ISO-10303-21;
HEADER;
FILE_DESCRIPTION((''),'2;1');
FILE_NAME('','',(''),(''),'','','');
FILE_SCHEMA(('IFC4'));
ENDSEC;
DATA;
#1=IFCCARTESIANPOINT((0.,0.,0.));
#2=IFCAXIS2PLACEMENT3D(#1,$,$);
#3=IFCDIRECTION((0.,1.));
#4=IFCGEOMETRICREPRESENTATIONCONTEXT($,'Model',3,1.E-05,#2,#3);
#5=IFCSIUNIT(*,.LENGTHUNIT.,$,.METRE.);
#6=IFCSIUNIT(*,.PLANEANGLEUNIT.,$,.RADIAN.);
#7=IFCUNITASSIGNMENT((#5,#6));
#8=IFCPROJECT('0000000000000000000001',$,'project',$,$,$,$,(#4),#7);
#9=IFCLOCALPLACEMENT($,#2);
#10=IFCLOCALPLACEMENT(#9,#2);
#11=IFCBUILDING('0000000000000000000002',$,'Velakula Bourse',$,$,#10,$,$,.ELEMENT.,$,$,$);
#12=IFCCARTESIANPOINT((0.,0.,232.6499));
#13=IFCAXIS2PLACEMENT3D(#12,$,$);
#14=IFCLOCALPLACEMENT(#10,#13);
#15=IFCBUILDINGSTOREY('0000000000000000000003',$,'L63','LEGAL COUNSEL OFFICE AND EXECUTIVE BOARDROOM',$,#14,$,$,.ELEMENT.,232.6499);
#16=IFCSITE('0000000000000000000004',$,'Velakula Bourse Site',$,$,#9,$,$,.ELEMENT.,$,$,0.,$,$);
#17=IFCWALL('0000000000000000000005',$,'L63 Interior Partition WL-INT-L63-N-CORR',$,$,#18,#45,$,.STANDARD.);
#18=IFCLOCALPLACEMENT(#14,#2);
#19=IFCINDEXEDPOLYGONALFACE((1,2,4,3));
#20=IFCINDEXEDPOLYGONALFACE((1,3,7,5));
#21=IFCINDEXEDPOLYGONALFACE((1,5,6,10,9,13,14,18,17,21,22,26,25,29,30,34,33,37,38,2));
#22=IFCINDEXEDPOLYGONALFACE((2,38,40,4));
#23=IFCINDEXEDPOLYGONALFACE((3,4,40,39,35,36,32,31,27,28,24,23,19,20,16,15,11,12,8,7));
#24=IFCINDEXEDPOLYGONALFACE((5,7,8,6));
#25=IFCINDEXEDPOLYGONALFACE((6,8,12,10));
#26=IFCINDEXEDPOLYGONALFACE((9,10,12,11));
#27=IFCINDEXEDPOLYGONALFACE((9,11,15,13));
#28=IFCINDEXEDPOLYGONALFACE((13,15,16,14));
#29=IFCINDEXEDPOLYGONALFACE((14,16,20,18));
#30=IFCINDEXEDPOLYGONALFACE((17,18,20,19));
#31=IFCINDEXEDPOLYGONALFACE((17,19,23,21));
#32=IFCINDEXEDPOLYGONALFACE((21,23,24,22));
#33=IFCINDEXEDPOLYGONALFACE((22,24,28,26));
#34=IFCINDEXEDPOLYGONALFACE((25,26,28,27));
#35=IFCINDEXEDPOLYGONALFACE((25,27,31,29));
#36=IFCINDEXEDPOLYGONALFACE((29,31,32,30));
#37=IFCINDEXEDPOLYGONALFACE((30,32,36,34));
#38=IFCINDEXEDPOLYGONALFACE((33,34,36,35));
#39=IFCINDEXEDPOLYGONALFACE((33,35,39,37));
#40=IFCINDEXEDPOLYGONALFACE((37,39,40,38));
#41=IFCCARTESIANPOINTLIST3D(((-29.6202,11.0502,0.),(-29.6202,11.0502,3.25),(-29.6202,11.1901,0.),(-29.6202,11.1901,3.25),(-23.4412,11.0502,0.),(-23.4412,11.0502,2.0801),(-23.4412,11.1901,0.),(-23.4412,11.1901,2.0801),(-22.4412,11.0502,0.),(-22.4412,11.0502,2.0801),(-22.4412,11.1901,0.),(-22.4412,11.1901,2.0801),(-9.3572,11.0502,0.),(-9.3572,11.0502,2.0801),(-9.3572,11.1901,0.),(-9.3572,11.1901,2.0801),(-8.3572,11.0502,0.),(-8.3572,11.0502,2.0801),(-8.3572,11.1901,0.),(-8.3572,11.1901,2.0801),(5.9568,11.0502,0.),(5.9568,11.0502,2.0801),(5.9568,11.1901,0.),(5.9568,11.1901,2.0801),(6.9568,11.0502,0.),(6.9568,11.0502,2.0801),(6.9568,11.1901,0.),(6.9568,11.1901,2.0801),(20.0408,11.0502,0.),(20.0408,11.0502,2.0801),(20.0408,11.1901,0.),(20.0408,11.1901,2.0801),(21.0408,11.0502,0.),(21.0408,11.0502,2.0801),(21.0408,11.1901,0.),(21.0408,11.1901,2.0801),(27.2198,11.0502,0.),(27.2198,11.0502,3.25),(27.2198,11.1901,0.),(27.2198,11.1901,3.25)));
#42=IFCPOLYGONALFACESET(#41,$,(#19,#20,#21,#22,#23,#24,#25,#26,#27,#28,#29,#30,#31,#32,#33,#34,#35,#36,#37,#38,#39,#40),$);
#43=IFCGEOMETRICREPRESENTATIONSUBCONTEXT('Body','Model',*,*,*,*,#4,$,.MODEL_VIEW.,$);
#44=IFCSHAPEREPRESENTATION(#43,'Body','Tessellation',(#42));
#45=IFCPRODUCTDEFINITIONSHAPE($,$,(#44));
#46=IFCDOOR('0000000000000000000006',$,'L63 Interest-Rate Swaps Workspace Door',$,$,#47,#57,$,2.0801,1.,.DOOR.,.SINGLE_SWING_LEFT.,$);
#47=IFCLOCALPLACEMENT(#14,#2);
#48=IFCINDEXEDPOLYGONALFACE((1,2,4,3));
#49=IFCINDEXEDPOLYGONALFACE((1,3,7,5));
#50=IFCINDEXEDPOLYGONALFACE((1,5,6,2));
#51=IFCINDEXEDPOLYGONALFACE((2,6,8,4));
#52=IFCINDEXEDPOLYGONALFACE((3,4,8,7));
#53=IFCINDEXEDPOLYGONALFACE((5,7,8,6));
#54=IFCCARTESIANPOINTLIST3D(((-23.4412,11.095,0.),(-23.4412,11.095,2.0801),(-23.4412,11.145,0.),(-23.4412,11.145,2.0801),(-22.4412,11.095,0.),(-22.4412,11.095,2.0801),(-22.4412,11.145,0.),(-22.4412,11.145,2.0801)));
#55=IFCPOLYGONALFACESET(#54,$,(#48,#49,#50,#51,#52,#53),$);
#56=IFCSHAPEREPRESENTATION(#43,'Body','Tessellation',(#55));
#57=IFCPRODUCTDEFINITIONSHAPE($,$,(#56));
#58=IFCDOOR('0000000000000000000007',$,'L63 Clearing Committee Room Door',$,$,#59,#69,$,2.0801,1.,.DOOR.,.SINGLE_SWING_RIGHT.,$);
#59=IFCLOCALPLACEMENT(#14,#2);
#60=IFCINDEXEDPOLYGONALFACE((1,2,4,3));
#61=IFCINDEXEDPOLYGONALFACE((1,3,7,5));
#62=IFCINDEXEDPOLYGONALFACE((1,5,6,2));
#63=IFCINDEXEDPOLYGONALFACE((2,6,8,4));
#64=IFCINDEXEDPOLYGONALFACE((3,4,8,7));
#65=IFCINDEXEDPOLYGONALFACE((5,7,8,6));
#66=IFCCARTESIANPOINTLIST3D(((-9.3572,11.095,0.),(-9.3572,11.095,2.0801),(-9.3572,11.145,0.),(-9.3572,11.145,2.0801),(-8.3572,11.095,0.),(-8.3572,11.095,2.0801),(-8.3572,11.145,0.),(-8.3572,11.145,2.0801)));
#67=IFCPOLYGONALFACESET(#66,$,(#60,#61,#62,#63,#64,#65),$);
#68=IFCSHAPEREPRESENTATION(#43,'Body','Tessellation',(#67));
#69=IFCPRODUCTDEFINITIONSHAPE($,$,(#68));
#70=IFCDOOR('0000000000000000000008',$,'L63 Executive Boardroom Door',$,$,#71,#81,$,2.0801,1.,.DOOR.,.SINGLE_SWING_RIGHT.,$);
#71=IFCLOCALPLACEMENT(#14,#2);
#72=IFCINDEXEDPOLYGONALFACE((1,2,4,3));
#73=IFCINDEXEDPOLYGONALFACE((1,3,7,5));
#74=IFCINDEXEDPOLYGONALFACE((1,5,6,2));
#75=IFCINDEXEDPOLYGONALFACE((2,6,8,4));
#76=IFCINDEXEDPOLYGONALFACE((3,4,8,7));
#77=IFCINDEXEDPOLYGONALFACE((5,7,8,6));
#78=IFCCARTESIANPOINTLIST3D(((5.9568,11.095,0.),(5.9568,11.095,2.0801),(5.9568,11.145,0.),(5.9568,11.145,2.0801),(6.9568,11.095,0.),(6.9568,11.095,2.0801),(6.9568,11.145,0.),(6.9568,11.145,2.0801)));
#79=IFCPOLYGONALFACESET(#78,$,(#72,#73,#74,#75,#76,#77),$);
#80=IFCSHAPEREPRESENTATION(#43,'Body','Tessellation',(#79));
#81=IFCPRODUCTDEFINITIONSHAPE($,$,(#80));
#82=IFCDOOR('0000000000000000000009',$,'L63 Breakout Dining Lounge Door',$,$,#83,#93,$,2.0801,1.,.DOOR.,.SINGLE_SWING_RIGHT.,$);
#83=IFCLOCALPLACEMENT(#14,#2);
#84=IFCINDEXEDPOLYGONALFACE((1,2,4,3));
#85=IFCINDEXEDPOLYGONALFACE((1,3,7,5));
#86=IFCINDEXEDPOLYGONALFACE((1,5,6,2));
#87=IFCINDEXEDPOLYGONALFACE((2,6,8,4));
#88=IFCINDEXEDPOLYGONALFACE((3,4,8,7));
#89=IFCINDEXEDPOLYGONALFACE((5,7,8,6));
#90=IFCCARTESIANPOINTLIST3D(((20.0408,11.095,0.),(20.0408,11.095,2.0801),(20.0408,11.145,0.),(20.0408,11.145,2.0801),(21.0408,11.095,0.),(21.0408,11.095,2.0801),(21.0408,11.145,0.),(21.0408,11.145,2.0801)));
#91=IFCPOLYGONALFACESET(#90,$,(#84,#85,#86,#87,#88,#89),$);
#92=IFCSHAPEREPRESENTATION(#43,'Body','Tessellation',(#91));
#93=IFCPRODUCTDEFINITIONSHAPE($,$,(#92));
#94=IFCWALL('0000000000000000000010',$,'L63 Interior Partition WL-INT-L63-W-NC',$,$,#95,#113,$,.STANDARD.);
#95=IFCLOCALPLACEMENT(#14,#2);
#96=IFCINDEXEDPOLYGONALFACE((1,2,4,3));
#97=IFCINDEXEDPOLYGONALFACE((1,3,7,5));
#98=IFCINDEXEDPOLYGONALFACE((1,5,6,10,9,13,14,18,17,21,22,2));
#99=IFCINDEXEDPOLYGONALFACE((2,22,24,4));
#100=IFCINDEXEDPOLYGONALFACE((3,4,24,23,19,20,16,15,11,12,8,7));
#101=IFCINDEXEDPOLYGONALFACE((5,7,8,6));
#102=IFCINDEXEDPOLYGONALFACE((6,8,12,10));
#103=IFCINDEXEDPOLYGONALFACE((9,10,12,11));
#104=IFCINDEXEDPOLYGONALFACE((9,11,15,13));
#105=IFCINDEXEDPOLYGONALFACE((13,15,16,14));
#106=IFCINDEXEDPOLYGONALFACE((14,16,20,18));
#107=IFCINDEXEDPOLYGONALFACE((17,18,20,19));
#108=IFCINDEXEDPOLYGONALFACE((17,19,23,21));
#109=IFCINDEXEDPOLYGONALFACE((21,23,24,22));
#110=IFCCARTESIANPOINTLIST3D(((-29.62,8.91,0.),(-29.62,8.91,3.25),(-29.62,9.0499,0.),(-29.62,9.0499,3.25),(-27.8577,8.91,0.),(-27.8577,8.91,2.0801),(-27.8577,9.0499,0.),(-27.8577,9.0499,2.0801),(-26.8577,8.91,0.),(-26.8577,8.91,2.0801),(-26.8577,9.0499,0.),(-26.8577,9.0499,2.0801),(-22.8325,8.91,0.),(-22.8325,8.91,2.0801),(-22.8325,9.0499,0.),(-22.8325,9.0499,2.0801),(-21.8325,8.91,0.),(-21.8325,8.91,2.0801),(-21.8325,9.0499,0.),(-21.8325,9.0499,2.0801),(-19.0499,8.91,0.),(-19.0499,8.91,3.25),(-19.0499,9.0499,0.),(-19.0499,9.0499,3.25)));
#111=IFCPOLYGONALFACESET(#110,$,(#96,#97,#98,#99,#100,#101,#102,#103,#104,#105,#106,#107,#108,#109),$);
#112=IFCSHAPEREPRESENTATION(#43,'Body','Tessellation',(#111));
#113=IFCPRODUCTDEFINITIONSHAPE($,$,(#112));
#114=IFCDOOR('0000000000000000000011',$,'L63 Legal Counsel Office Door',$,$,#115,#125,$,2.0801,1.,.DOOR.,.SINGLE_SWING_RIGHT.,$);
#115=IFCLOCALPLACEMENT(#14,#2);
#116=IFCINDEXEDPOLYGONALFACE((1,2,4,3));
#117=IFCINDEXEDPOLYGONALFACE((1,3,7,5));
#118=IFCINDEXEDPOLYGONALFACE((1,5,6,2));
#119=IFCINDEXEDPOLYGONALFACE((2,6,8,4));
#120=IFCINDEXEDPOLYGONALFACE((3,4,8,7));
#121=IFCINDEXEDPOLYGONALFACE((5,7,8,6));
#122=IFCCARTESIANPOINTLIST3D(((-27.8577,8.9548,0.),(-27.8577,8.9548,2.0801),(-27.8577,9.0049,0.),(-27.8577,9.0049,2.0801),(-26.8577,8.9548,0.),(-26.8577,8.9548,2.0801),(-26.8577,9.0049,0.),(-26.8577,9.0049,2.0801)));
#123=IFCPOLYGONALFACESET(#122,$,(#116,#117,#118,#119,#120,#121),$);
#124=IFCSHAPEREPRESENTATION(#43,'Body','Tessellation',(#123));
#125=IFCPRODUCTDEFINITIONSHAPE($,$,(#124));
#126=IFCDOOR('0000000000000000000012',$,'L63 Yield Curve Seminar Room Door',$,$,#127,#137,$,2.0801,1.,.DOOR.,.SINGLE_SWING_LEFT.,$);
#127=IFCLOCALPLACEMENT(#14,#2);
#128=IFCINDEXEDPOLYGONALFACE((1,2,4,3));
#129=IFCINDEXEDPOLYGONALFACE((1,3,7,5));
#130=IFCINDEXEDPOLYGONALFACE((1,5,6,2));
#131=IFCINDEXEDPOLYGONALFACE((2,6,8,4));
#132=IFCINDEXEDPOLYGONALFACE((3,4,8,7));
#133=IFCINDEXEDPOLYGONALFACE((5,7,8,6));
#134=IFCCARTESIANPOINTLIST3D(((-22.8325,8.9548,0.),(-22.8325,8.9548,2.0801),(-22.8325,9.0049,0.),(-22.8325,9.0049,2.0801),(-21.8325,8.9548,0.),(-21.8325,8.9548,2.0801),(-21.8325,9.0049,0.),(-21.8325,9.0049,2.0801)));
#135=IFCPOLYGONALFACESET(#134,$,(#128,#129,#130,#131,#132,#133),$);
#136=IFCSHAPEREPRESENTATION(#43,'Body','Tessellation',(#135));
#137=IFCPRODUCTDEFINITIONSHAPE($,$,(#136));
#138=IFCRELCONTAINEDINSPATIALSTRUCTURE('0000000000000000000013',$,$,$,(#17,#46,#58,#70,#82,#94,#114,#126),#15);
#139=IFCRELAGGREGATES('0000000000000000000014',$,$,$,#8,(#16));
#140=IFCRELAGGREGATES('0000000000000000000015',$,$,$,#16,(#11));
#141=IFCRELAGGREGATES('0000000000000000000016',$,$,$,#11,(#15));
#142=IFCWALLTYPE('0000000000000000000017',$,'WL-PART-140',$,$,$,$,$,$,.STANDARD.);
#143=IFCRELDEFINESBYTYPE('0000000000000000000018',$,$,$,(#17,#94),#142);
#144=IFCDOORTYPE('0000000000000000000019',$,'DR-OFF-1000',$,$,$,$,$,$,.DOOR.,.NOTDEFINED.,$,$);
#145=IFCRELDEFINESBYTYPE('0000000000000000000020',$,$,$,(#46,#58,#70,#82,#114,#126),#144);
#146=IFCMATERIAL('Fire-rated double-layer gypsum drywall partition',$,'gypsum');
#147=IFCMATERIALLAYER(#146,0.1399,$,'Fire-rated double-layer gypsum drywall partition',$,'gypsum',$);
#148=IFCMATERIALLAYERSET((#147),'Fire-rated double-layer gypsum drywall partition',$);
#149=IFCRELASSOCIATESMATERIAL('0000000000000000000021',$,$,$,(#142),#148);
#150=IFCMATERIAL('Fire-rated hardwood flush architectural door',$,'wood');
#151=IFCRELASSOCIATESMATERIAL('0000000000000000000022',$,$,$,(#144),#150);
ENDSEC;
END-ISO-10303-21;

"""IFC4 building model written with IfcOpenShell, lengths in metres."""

from ifc_helpers import new_model, si_unit, direction, frame, frame_2d, origin, place, context, subcontext, project, spatial, rectangle, extrude, material, layer, layer_set, type_object, element, fill, save


model = new_model("IFC4")

# Units and contexts
model_context = context("Model", 3, precision=1e-05, world=origin(), true_north=direction((0.0, 1.0)))
body_context = subcontext(model_context, "Body", "Model", "MODEL_VIEW")
ifc_project = project(units=[si_unit("LENGTHUNIT", "METRE"), si_unit("PLANEANGLEUNIT", "RADIAN")], contexts=[model_context])

# Site, building, storey
site_placement = place(None, origin())
site = spatial("IfcSite", under=ifc_project, at=site_placement, Name="Velakula Bourse Site", CompositionType="ELEMENT", RefElevation=0.0)
building_placement = place(site_placement, origin())
building = spatial("IfcBuilding", under=site, at=building_placement, Name="Velakula Bourse", CompositionType="ELEMENT")
storey_placement = place(building_placement, frame((0.0, 0.0, 232.6499)))
storey = spatial("IfcBuildingStorey", under=building, at=storey_placement, Name="L63", Description="LEGAL COUNSEL OFFICE AND EXECUTIVE BOARDROOM", CompositionType="ELEMENT", Elevation=232.6499)

# Shared definitions
ifc_material_1 = material(Name="Fire-rated hardwood flush architectural door", Category="wood")

# Walls, openings, doors
ifc_material_2 = material(Name="Fire-rated double-layer gypsum drywall partition", Category="gypsum")
ifc_layer_1 = layer(ifc_material_2, 0.1399, Name="Fire-rated double-layer gypsum drywall partition", Category="gypsum")
ifc_layer_set_1 = layer_set([ifc_layer_1], Name="Fire-rated double-layer gypsum drywall partition")
wall_type_1 = type_object("IfcWallType", Name="WL-PART-140", PredefinedType="STANDARD", material=ifc_layer_set_1)
wall_1_placement = place(storey_placement, frame((-29.6201, 11.1201, 0.0), z_axis=(0.0, 0.0, 1.0), x_axis=(1.0, 0.0, 0.0)))
wall_1 = element("IfcWall", 1, at=wall_1_placement, inside=storey, type_object=wall_type_1, Name="L63 Interior Partition WL-INT-L63-N-CORR", PredefinedType="STANDARD", context=body_context, shape_type="SweptSolid", body=[
    extrude(rectangle(XDim=56.8401, YDim=0.1399, at=frame_2d((28.4199, 0.0))), origin(), (0.0, 0.0, 1.0), 3.25),
])
opening_1_placement = place(wall_1_placement, frame((6.179, 0.0, 0.0)))
opening_1 = element("IfcOpeningElement", 2, at=opening_1_placement, cuts=wall_1, PredefinedType="OPENING", context=body_context, shape_type="SweptSolid", body=[
    extrude(rectangle(XDim=1.0, YDim=2.0801, at=frame_2d((0.5, 1.04))), frame((0.0, 0.0798, 0.0), z_axis=(0.0, -1.0, 0.0), x_axis=(1.0, 0.0, 0.0)), (0.0, 0.0, 1.0), 0.1599),
])
opening_2_placement = place(wall_1_placement, frame((20.2629, 0.0, 0.0)))
opening_2 = element("IfcOpeningElement", 3, at=opening_2_placement, cuts=wall_1, PredefinedType="OPENING", context=body_context, shape_type="SweptSolid", body=[
    extrude(rectangle(XDim=1.0, YDim=2.0801, at=frame_2d((0.5, 1.04))), frame((0.0, 0.0798, 0.0), z_axis=(0.0, -1.0, 0.0), x_axis=(1.0, 0.0, 0.0)), (0.0, 0.0, 1.0), 0.1599),
])
opening_3_placement = place(wall_1_placement, frame((35.5769, 0.0, 0.0)))
opening_3 = element("IfcOpeningElement", 4, at=opening_3_placement, cuts=wall_1, PredefinedType="OPENING", context=body_context, shape_type="SweptSolid", body=[
    extrude(rectangle(XDim=1.0, YDim=2.0801, at=frame_2d((0.5, 1.04))), frame((0.0, 0.0798, 0.0), z_axis=(0.0, -1.0, 0.0), x_axis=(1.0, 0.0, 0.0)), (0.0, 0.0, 1.0), 0.1599),
])
opening_4_placement = place(wall_1_placement, frame((49.6609, 0.0, 0.0)))
opening_4 = element("IfcOpeningElement", 5, at=opening_4_placement, cuts=wall_1, PredefinedType="OPENING", context=body_context, shape_type="SweptSolid", body=[
    extrude(rectangle(XDim=1.0, YDim=2.0801, at=frame_2d((0.5, 1.04))), frame((0.0, 0.0798, 0.0), z_axis=(0.0, -1.0, 0.0), x_axis=(1.0, 0.0, 0.0)), (0.0, 0.0, 1.0), 0.1599),
])
door_type_1 = type_object("IfcDoorType", Name="DR-OFF-1000", OperationType="NOTDEFINED", PredefinedType="DOOR", material=ifc_material_1)
door_1_placement = place(opening_1_placement, origin())
door_1 = element("IfcDoor", 6, at=door_1_placement, inside=storey, type_object=door_type_1, Name="L63 Interest-Rate Swaps Workspace Door", OperationType="SINGLE_SWING_LEFT", OverallHeight=2.0801, OverallWidth=1.0, PredefinedType="DOOR", context=body_context, shape_type="SweptSolid", body=[
    extrude(rectangle(XDim=1.0, YDim=2.0801, at=frame_2d((0.5, 1.04))), frame((0.0, 0.0249, 0.0), z_axis=(0.0, -1.0, 0.0), x_axis=(1.0, 0.0, 0.0)), (0.0, 0.0, 1.0), 0.05),
])
fill(opening_1, door_1)
door_2_placement = place(opening_2_placement, origin())
door_2 = element("IfcDoor", 7, at=door_2_placement, inside=storey, type_object=door_type_1, Name="L63 Clearing Committee Room Door", OperationType="SINGLE_SWING_RIGHT", OverallHeight=2.0801, OverallWidth=1.0, PredefinedType="DOOR", context=body_context, shape_type="SweptSolid", body=[
    extrude(rectangle(XDim=1.0, YDim=2.0801, at=frame_2d((0.5, 1.04))), frame((0.0, 0.0249, 0.0), z_axis=(0.0, -1.0, 0.0), x_axis=(1.0, 0.0, 0.0)), (0.0, 0.0, 1.0), 0.05),
])
fill(opening_2, door_2)
door_3_placement = place(opening_3_placement, origin())
door_3 = element("IfcDoor", 8, at=door_3_placement, inside=storey, type_object=door_type_1, Name="L63 Executive Boardroom Door", OperationType="SINGLE_SWING_RIGHT", OverallHeight=2.0801, OverallWidth=1.0, PredefinedType="DOOR", context=body_context, shape_type="SweptSolid", body=[
    extrude(rectangle(XDim=1.0, YDim=2.0801, at=frame_2d((0.5, 1.04))), frame((0.0, 0.0249, 0.0), z_axis=(0.0, -1.0, 0.0), x_axis=(1.0, 0.0, 0.0)), (0.0, 0.0, 1.0), 0.05),
])
fill(opening_3, door_3)
door_4_placement = place(opening_4_placement, origin())
door_4 = element("IfcDoor", 9, at=door_4_placement, inside=storey, type_object=door_type_1, Name="L63 Breakout Dining Lounge Door", OperationType="SINGLE_SWING_RIGHT", OverallHeight=2.0801, OverallWidth=1.0, PredefinedType="DOOR", context=body_context, shape_type="SweptSolid", body=[
    extrude(rectangle(XDim=1.0, YDim=2.0801, at=frame_2d((0.5, 1.04))), frame((0.0, 0.0249, 0.0), z_axis=(0.0, -1.0, 0.0), x_axis=(1.0, 0.0, 0.0)), (0.0, 0.0, 1.0), 0.05),
])
fill(opening_4, door_4)
wall_2_placement = place(storey_placement, frame((-29.6201, 8.98, 0.0), z_axis=(0.0, 0.0, 1.0), x_axis=(1.0, 0.0, 0.0)))
wall_2 = element("IfcWall", 10, at=wall_2_placement, inside=storey, type_object=wall_type_1, Name="L63 Interior Partition WL-INT-L63-W-NC", PredefinedType="STANDARD", context=body_context, shape_type="SweptSolid", body=[
    extrude(rectangle(XDim=10.5701, YDim=0.1399, at=frame_2d((5.2852, 0.0))), origin(), (0.0, 0.0, 1.0), 3.25),
])
opening_5_placement = place(wall_2_placement, frame((1.7625, 0.0, 0.0)))
opening_5 = element("IfcOpeningElement", 11, at=opening_5_placement, cuts=wall_2, PredefinedType="OPENING", context=body_context, shape_type="SweptSolid", body=[
    extrude(rectangle(XDim=1.0, YDim=2.0801, at=frame_2d((0.5, 1.04))), frame((0.0, 0.0798, 0.0), z_axis=(0.0, -1.0, 0.0), x_axis=(1.0, 0.0, 0.0)), (0.0, 0.0, 1.0), 0.1599),
])
opening_6_placement = place(wall_2_placement, frame((6.7876, 0.0, 0.0)))
opening_6 = element("IfcOpeningElement", 12, at=opening_6_placement, cuts=wall_2, PredefinedType="OPENING", context=body_context, shape_type="SweptSolid", body=[
    extrude(rectangle(XDim=1.0, YDim=2.0801, at=frame_2d((0.5, 1.04))), frame((0.0, 0.0798, 0.0), z_axis=(0.0, -1.0, 0.0), x_axis=(1.0, 0.0, 0.0)), (0.0, 0.0, 1.0), 0.1599),
])
door_5_placement = place(opening_5_placement, origin())
door_5 = element("IfcDoor", 13, at=door_5_placement, inside=storey, type_object=door_type_1, Name="L63 Legal Counsel Office Door", OperationType="SINGLE_SWING_RIGHT", OverallHeight=2.0801, OverallWidth=1.0, PredefinedType="DOOR", context=body_context, shape_type="SweptSolid", body=[
    extrude(rectangle(XDim=1.0, YDim=2.0801, at=frame_2d((0.5, 1.04))), frame((0.0, 0.0249, 0.0), z_axis=(0.0, -1.0, 0.0), x_axis=(1.0, 0.0, 0.0)), (0.0, 0.0, 1.0), 0.05),
])
fill(opening_5, door_5)
door_6_placement = place(opening_6_placement, origin())
door_6 = element("IfcDoor", 14, at=door_6_placement, inside=storey, type_object=door_type_1, Name="L63 Yield Curve Seminar Room Door", OperationType="SINGLE_SWING_LEFT", OverallHeight=2.0801, OverallWidth=1.0, PredefinedType="DOOR", context=body_context, shape_type="SweptSolid", body=[
    extrude(rectangle(XDim=1.0, YDim=2.0801, at=frame_2d((0.5, 1.04))), frame((0.0, 0.0249, 0.0), z_axis=(0.0, -1.0, 0.0), x_axis=(1.0, 0.0, 0.0)), (0.0, 0.0, 1.0), 0.05),
])
fill(opening_6, door_6)

save(model, "model.ifc")
